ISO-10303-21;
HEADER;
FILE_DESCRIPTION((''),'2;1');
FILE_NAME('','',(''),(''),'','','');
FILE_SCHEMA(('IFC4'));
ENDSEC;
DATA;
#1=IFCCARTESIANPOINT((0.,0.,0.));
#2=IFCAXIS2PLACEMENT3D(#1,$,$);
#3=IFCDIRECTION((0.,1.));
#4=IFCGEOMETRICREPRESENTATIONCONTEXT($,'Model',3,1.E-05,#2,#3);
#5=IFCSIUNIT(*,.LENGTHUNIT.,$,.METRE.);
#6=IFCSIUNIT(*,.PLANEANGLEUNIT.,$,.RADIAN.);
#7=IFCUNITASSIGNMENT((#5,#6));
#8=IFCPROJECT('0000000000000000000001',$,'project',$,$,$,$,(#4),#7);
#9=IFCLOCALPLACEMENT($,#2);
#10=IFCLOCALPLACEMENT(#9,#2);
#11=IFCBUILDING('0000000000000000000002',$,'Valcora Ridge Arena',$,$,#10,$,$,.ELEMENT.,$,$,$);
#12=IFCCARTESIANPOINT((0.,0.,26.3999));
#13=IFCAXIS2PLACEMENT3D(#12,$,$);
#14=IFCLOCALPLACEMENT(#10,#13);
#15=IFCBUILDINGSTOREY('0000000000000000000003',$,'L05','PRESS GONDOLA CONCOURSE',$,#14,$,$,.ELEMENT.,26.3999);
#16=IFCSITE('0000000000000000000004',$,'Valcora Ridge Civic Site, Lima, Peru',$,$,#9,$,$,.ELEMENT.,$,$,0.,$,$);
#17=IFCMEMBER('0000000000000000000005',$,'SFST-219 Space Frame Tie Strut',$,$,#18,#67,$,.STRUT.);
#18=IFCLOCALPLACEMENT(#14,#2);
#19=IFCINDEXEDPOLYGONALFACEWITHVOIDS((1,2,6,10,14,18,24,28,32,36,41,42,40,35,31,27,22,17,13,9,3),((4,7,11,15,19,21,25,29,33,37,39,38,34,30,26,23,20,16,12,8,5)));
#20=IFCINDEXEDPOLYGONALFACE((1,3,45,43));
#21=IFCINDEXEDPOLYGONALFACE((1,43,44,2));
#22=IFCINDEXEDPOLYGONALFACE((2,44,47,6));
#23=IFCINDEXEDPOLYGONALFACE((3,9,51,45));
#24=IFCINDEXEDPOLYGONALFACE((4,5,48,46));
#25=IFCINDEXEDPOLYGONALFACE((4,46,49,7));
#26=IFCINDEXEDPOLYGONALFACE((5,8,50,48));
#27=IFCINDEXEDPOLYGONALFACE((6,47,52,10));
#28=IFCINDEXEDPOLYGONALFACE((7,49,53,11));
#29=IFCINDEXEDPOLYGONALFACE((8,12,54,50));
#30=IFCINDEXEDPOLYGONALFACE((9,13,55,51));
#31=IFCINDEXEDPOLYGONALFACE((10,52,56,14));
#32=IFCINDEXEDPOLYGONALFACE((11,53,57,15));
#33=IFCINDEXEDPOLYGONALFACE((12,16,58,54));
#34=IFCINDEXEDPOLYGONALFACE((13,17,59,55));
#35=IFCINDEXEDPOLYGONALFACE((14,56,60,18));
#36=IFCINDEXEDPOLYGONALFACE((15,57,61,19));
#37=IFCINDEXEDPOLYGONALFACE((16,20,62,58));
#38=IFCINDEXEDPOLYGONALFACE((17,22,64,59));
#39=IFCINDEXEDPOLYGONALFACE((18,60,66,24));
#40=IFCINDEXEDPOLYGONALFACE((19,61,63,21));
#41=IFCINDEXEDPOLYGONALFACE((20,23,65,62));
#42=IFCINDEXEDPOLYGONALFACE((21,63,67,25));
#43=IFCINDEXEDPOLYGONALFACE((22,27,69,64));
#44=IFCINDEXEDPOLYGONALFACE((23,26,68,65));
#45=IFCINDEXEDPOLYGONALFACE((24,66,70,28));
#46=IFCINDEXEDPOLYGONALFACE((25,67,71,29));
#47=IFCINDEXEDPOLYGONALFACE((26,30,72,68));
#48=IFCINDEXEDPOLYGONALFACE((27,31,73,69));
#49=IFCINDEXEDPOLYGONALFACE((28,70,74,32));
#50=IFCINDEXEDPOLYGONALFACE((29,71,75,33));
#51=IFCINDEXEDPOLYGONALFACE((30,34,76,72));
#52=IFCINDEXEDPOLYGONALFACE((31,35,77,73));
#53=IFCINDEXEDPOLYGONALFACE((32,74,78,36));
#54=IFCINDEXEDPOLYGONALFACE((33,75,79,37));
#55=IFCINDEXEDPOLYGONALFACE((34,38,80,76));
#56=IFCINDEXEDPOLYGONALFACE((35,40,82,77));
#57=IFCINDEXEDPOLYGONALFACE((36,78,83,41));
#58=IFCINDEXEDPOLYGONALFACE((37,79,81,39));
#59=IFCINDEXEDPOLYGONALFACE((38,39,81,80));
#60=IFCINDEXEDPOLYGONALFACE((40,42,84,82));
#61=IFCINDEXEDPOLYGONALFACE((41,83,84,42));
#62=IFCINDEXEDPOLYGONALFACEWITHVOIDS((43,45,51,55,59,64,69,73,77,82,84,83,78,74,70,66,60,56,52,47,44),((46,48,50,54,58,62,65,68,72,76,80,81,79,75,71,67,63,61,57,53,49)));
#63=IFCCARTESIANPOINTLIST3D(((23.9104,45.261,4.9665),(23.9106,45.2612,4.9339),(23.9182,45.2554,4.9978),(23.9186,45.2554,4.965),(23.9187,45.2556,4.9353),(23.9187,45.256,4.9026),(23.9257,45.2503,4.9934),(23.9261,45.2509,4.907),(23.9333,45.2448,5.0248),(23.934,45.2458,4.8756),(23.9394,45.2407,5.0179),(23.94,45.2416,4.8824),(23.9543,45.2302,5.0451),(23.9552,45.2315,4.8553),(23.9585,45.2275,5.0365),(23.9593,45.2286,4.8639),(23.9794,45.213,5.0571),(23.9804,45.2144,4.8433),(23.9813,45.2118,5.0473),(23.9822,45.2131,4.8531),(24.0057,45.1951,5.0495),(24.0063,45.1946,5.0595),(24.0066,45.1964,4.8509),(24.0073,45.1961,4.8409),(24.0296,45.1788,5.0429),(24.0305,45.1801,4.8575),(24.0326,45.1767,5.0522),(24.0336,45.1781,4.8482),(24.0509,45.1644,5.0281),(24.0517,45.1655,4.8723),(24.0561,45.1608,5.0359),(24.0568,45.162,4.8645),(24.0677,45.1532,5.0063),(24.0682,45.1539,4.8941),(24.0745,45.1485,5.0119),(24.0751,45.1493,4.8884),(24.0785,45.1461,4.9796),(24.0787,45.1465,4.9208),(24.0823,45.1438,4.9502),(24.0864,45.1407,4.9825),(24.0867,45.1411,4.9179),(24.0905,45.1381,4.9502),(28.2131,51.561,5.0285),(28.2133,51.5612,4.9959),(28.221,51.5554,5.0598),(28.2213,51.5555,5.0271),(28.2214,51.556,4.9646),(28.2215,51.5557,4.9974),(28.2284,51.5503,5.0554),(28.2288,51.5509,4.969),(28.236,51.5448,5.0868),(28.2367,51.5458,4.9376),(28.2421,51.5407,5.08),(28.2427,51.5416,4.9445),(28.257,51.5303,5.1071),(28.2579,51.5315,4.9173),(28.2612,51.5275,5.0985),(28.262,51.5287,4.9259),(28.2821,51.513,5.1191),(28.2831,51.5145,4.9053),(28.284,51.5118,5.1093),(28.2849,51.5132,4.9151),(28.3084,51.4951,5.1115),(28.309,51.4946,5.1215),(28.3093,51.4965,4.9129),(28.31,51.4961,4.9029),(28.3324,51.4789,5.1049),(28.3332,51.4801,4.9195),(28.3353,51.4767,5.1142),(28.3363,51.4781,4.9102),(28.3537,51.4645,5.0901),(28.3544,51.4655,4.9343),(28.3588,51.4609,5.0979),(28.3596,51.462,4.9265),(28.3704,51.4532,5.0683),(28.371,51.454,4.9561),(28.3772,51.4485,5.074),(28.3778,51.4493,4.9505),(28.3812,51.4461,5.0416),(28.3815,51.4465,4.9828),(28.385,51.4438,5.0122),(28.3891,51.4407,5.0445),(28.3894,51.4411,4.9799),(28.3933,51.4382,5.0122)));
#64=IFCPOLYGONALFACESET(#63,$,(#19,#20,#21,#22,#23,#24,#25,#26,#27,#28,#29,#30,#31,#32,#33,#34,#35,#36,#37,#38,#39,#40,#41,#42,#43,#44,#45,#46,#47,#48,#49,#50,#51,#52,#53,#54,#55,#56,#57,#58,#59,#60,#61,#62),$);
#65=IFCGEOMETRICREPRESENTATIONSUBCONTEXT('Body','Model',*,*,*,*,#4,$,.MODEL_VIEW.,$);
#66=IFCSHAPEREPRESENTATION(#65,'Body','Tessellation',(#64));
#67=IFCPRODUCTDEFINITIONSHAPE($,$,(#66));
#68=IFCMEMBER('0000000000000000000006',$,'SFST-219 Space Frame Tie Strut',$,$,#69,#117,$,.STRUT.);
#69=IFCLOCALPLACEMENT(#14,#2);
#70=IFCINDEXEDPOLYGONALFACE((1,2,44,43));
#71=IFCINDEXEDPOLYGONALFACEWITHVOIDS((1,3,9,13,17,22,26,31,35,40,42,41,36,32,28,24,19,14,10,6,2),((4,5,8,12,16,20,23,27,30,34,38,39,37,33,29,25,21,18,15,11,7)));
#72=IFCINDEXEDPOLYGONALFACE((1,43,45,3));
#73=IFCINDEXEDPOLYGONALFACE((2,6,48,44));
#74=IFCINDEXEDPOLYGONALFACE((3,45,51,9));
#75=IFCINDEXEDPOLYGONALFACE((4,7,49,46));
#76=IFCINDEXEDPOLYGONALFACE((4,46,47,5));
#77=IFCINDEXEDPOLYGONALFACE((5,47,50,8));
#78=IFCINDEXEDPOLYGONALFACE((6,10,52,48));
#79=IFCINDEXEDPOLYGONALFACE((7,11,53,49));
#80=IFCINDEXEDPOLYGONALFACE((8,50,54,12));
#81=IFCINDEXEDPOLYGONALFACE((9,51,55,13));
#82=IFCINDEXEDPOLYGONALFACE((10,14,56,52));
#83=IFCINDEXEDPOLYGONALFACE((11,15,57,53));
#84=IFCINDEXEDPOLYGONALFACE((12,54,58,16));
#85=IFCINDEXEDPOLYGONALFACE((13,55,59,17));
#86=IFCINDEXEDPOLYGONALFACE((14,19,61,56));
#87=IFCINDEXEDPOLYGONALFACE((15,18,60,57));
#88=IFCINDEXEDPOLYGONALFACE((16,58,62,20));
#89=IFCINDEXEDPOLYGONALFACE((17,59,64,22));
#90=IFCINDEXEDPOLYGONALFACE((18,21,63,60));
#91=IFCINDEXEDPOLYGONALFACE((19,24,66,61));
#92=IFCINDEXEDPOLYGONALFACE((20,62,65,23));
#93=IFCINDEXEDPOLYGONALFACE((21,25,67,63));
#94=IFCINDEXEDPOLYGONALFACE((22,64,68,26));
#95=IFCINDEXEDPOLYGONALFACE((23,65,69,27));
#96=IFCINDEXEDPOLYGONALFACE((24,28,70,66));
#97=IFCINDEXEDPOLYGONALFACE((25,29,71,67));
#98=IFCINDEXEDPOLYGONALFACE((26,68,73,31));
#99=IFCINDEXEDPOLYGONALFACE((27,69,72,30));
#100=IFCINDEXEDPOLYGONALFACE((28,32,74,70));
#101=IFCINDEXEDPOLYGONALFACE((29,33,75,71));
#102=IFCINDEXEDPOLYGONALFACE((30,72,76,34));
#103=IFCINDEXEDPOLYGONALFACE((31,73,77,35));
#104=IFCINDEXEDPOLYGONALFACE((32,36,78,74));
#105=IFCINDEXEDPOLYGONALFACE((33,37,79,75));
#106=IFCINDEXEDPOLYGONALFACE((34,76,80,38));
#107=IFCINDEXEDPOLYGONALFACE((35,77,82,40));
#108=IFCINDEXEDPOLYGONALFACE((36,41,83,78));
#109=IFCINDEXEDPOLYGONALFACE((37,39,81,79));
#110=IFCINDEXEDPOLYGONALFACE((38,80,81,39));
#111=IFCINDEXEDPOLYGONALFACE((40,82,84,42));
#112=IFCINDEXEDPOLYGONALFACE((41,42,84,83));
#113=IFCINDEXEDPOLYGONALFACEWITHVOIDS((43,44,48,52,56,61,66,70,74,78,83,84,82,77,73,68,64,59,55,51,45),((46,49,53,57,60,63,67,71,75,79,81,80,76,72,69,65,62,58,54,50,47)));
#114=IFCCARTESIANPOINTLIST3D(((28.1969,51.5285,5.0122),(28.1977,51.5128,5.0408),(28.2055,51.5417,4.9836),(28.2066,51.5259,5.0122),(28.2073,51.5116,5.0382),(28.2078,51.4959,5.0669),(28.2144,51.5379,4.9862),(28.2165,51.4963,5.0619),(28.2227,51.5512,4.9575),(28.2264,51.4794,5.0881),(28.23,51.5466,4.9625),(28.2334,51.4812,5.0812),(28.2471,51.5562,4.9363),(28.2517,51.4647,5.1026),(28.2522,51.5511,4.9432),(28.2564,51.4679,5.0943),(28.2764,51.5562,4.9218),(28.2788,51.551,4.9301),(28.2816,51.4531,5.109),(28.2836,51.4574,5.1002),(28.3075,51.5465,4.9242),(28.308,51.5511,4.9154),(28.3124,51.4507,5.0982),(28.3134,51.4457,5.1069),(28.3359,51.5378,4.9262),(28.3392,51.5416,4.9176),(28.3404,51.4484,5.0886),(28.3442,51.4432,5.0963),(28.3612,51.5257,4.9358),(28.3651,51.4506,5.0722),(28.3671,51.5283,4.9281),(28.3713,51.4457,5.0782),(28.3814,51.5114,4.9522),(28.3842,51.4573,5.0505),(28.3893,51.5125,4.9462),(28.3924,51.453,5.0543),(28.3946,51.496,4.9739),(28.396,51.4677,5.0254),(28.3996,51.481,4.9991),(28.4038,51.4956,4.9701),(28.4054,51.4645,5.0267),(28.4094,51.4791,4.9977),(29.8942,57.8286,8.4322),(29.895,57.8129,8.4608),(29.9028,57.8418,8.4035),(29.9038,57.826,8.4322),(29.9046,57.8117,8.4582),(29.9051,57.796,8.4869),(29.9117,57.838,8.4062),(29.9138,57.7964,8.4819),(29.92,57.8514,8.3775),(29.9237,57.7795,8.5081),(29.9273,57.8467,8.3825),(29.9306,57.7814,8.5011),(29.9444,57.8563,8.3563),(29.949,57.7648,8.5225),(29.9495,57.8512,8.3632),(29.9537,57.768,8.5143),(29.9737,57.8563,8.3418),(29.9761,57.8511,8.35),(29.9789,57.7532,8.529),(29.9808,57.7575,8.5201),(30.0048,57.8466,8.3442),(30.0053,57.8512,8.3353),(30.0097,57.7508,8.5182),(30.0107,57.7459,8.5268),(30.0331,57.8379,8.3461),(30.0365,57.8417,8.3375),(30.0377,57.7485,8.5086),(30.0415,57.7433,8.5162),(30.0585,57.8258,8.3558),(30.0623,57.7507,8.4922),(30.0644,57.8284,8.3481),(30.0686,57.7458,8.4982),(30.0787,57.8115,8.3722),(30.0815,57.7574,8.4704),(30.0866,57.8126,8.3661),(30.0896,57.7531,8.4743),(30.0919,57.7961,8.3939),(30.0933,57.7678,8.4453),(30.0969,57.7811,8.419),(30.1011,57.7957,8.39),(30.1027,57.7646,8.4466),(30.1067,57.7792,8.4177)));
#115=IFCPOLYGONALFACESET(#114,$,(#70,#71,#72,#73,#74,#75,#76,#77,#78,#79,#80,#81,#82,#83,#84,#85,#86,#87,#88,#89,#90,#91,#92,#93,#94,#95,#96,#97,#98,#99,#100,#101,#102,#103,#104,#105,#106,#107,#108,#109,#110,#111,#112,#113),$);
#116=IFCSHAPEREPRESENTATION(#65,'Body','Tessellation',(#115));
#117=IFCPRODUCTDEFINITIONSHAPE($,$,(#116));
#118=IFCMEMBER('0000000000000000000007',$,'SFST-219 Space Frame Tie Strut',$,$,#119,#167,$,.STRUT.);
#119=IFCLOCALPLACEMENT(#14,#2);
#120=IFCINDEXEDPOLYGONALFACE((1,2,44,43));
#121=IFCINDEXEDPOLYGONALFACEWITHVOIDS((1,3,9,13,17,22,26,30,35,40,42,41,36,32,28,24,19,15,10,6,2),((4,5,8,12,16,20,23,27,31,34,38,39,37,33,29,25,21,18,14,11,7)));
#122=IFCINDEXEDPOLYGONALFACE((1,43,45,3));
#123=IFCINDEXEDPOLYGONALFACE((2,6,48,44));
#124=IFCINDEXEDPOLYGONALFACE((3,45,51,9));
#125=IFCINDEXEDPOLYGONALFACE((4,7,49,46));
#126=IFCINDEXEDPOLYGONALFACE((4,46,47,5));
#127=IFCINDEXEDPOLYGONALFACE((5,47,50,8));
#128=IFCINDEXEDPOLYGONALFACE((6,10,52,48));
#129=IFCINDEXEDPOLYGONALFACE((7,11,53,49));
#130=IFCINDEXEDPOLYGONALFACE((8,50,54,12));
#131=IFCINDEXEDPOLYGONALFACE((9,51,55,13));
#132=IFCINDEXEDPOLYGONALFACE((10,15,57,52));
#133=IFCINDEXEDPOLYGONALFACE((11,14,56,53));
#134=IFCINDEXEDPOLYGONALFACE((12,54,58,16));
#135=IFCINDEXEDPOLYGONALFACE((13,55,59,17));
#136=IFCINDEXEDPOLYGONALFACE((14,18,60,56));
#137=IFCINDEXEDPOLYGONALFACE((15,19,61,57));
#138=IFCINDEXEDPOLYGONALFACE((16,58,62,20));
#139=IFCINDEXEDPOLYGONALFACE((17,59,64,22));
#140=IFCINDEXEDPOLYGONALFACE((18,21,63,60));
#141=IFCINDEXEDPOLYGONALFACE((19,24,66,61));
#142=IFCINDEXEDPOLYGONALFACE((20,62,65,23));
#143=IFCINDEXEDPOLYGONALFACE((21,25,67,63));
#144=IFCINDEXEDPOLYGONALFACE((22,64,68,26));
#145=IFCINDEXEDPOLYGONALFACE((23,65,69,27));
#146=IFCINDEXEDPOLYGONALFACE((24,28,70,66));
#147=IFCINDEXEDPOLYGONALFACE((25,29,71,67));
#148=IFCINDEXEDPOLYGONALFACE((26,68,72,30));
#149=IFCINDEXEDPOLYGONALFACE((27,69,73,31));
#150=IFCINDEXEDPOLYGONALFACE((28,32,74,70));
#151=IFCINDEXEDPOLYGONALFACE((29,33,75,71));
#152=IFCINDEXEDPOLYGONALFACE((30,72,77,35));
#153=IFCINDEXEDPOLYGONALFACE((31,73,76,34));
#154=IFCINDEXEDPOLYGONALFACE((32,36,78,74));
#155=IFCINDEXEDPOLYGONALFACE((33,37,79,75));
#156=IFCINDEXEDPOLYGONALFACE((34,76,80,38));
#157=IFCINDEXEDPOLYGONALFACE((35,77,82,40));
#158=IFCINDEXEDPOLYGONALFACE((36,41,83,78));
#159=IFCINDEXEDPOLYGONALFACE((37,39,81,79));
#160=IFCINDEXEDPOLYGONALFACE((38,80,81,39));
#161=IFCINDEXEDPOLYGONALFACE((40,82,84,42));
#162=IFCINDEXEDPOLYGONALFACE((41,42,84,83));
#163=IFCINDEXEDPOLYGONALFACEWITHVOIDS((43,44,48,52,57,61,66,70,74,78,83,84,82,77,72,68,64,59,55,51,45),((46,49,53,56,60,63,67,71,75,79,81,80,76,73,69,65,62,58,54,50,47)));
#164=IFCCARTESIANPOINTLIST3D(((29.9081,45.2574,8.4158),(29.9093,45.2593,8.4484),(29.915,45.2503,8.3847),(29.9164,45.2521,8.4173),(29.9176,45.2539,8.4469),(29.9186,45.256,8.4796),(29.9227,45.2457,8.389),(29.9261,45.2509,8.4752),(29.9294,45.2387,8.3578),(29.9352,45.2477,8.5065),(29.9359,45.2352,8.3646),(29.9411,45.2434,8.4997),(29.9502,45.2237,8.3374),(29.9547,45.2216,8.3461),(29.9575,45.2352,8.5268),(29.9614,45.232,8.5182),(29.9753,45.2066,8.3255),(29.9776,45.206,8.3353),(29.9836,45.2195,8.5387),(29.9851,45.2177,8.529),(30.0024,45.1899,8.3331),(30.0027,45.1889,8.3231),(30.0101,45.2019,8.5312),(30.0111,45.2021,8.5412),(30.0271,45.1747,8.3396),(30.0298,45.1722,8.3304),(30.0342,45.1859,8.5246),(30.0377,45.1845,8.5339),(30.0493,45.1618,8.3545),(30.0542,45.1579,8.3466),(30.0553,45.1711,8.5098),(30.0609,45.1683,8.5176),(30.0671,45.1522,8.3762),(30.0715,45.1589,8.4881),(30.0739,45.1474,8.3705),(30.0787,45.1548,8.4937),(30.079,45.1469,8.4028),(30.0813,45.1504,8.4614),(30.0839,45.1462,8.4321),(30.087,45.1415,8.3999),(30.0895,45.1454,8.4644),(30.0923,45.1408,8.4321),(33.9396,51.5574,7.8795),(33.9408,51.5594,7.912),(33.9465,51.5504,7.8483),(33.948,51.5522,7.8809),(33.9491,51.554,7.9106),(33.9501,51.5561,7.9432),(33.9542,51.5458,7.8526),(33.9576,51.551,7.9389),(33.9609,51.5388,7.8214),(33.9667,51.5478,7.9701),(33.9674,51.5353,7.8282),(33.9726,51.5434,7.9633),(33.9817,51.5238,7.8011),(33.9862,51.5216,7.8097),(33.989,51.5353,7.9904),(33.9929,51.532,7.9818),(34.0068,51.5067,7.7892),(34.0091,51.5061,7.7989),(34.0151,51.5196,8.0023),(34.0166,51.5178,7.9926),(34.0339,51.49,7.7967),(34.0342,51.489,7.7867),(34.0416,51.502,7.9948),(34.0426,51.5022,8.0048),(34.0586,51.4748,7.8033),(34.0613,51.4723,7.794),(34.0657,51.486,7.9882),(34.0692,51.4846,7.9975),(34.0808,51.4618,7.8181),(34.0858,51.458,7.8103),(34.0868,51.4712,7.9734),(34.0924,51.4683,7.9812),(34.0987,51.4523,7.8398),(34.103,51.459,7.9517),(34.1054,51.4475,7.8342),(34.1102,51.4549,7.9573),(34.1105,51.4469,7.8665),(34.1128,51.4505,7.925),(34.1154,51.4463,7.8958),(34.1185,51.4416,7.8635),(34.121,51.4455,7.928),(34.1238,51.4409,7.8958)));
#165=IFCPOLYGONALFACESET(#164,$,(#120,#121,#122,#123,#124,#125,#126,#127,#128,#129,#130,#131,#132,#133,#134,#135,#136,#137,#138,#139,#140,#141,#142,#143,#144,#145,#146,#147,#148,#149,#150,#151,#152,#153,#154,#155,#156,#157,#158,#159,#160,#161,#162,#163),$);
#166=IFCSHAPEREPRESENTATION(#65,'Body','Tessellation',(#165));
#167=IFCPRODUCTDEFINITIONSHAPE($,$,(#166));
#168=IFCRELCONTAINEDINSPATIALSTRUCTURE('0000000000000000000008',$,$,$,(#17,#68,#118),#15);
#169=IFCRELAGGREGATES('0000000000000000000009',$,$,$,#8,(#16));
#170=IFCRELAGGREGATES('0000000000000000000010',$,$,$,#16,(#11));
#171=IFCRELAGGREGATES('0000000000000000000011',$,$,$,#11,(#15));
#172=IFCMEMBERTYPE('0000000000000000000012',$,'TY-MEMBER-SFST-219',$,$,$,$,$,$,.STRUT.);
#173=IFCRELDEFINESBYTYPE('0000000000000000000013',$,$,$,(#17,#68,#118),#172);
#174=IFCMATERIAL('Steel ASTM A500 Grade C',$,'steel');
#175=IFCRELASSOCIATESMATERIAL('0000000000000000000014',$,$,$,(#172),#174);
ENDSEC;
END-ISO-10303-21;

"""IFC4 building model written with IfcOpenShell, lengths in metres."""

from ifc_helpers import new_model, si_unit, direction, frame, origin, origin_2d, place, context, subcontext, project, spatial, hollow_circle, extrude, material, material_profile, profile_set, type_object, element, save


model = new_model("IFC4")

# Units and contexts
model_context = context("Model", 3, precision=1e-05, world=origin(), true_north=direction((0.0, 1.0)))
body_context = subcontext(model_context, "Body", "Model", "MODEL_VIEW")
ifc_project = project(units=[si_unit("LENGTHUNIT", "METRE"), si_unit("PLANEANGLEUNIT", "RADIAN")], contexts=[model_context])

# Site, building, storey
site_placement = place(None, origin())
site = spatial("IfcSite", under=ifc_project, at=site_placement, Name="Valcora Ridge Civic Site, Lima, Peru", CompositionType="ELEMENT", RefElevation=0.0)
building_placement = place(site_placement, origin())
building = spatial("IfcBuilding", under=site, at=building_placement, Name="Valcora Ridge Arena", CompositionType="ELEMENT")
storey_placement = place(building_placement, frame((0.0, 0.0, 26.3999)))
storey = spatial("IfcBuildingStorey", under=building, at=storey_placement, Name="L05", Description="PRESS GONDOLA CONCOURSE", CompositionType="ELEMENT", Elevation=26.3999)

# Members
ifc_material_1 = material(Name="Steel ASTM A500 Grade C", Category="steel")
ifc_material_profile_1 = material_profile(ifc_material_1, hollow_circle(Radius=0.1096, WallThickness=0.01, at=origin_2d()), Name="CHS219X10")
ifc_profile_set_1 = profile_set([ifc_material_profile_1], Name="Steel ASTM A500 Grade C")
member_type_1 = type_object("IfcMemberType", Name="TY-MEMBER-SFST-219", PredefinedType="STRUT", material=ifc_profile_set_1)
member_1_placement = place(storey_placement, frame((28.3027, 51.5, 5.0122), z_axis=(-0.563966, -0.825758, -0.008128), x_axis=(0.825785, -0.563985, 0.0)))
element("IfcMember", 1, at=member_1_placement, inside=storey, type_object=member_type_1, Name="SFST-219 Space Frame Tie Strut", PredefinedType="STRUT", context=body_context, shape_type="SweptSolid", body=[
    extrude(hollow_circle(Radius=0.1096, WallThickness=0.01, at=origin_2d()), origin(), (0.0, 0.0, 1.0), 7.6294),
])
member_2_placement = place(storey_placement, frame((28.3027, 51.5, 5.0122), z_axis=(0.230399, 0.855215, 0.464245), x_axis=(-0.965573, 0.26013, 0.0)))
element("IfcMember", 2, at=member_2_placement, inside=storey, type_object=member_type_1, Name="SFST-219 Space Frame Tie Strut", PredefinedType="STRUT", context=body_context, shape_type="SweptSolid", body=[
    extrude(hollow_circle(Radius=0.1096, WallThickness=0.01, at=origin_2d()), origin(), (0.0, 0.0, 1.0), 7.3667),
])
member_3_placement = place(storey_placement, frame((34.0315, 51.5, 7.8958), z_axis=(-0.537622, -0.840146, 0.071529), x_axis=(0.842304, -0.539003, 0.0)))
element("IfcMember", 3, at=member_3_placement, inside=storey, type_object=member_type_1, Name="SFST-219 Space Frame Tie Strut", PredefinedType="STRUT", context=body_context, shape_type="SweptSolid", body=[
    extrude(hollow_circle(Radius=0.1096, WallThickness=0.01, at=origin_2d()), origin(), (0.0, 0.0, 1.0), 7.4988),
])

save(model, "model.ifc")
